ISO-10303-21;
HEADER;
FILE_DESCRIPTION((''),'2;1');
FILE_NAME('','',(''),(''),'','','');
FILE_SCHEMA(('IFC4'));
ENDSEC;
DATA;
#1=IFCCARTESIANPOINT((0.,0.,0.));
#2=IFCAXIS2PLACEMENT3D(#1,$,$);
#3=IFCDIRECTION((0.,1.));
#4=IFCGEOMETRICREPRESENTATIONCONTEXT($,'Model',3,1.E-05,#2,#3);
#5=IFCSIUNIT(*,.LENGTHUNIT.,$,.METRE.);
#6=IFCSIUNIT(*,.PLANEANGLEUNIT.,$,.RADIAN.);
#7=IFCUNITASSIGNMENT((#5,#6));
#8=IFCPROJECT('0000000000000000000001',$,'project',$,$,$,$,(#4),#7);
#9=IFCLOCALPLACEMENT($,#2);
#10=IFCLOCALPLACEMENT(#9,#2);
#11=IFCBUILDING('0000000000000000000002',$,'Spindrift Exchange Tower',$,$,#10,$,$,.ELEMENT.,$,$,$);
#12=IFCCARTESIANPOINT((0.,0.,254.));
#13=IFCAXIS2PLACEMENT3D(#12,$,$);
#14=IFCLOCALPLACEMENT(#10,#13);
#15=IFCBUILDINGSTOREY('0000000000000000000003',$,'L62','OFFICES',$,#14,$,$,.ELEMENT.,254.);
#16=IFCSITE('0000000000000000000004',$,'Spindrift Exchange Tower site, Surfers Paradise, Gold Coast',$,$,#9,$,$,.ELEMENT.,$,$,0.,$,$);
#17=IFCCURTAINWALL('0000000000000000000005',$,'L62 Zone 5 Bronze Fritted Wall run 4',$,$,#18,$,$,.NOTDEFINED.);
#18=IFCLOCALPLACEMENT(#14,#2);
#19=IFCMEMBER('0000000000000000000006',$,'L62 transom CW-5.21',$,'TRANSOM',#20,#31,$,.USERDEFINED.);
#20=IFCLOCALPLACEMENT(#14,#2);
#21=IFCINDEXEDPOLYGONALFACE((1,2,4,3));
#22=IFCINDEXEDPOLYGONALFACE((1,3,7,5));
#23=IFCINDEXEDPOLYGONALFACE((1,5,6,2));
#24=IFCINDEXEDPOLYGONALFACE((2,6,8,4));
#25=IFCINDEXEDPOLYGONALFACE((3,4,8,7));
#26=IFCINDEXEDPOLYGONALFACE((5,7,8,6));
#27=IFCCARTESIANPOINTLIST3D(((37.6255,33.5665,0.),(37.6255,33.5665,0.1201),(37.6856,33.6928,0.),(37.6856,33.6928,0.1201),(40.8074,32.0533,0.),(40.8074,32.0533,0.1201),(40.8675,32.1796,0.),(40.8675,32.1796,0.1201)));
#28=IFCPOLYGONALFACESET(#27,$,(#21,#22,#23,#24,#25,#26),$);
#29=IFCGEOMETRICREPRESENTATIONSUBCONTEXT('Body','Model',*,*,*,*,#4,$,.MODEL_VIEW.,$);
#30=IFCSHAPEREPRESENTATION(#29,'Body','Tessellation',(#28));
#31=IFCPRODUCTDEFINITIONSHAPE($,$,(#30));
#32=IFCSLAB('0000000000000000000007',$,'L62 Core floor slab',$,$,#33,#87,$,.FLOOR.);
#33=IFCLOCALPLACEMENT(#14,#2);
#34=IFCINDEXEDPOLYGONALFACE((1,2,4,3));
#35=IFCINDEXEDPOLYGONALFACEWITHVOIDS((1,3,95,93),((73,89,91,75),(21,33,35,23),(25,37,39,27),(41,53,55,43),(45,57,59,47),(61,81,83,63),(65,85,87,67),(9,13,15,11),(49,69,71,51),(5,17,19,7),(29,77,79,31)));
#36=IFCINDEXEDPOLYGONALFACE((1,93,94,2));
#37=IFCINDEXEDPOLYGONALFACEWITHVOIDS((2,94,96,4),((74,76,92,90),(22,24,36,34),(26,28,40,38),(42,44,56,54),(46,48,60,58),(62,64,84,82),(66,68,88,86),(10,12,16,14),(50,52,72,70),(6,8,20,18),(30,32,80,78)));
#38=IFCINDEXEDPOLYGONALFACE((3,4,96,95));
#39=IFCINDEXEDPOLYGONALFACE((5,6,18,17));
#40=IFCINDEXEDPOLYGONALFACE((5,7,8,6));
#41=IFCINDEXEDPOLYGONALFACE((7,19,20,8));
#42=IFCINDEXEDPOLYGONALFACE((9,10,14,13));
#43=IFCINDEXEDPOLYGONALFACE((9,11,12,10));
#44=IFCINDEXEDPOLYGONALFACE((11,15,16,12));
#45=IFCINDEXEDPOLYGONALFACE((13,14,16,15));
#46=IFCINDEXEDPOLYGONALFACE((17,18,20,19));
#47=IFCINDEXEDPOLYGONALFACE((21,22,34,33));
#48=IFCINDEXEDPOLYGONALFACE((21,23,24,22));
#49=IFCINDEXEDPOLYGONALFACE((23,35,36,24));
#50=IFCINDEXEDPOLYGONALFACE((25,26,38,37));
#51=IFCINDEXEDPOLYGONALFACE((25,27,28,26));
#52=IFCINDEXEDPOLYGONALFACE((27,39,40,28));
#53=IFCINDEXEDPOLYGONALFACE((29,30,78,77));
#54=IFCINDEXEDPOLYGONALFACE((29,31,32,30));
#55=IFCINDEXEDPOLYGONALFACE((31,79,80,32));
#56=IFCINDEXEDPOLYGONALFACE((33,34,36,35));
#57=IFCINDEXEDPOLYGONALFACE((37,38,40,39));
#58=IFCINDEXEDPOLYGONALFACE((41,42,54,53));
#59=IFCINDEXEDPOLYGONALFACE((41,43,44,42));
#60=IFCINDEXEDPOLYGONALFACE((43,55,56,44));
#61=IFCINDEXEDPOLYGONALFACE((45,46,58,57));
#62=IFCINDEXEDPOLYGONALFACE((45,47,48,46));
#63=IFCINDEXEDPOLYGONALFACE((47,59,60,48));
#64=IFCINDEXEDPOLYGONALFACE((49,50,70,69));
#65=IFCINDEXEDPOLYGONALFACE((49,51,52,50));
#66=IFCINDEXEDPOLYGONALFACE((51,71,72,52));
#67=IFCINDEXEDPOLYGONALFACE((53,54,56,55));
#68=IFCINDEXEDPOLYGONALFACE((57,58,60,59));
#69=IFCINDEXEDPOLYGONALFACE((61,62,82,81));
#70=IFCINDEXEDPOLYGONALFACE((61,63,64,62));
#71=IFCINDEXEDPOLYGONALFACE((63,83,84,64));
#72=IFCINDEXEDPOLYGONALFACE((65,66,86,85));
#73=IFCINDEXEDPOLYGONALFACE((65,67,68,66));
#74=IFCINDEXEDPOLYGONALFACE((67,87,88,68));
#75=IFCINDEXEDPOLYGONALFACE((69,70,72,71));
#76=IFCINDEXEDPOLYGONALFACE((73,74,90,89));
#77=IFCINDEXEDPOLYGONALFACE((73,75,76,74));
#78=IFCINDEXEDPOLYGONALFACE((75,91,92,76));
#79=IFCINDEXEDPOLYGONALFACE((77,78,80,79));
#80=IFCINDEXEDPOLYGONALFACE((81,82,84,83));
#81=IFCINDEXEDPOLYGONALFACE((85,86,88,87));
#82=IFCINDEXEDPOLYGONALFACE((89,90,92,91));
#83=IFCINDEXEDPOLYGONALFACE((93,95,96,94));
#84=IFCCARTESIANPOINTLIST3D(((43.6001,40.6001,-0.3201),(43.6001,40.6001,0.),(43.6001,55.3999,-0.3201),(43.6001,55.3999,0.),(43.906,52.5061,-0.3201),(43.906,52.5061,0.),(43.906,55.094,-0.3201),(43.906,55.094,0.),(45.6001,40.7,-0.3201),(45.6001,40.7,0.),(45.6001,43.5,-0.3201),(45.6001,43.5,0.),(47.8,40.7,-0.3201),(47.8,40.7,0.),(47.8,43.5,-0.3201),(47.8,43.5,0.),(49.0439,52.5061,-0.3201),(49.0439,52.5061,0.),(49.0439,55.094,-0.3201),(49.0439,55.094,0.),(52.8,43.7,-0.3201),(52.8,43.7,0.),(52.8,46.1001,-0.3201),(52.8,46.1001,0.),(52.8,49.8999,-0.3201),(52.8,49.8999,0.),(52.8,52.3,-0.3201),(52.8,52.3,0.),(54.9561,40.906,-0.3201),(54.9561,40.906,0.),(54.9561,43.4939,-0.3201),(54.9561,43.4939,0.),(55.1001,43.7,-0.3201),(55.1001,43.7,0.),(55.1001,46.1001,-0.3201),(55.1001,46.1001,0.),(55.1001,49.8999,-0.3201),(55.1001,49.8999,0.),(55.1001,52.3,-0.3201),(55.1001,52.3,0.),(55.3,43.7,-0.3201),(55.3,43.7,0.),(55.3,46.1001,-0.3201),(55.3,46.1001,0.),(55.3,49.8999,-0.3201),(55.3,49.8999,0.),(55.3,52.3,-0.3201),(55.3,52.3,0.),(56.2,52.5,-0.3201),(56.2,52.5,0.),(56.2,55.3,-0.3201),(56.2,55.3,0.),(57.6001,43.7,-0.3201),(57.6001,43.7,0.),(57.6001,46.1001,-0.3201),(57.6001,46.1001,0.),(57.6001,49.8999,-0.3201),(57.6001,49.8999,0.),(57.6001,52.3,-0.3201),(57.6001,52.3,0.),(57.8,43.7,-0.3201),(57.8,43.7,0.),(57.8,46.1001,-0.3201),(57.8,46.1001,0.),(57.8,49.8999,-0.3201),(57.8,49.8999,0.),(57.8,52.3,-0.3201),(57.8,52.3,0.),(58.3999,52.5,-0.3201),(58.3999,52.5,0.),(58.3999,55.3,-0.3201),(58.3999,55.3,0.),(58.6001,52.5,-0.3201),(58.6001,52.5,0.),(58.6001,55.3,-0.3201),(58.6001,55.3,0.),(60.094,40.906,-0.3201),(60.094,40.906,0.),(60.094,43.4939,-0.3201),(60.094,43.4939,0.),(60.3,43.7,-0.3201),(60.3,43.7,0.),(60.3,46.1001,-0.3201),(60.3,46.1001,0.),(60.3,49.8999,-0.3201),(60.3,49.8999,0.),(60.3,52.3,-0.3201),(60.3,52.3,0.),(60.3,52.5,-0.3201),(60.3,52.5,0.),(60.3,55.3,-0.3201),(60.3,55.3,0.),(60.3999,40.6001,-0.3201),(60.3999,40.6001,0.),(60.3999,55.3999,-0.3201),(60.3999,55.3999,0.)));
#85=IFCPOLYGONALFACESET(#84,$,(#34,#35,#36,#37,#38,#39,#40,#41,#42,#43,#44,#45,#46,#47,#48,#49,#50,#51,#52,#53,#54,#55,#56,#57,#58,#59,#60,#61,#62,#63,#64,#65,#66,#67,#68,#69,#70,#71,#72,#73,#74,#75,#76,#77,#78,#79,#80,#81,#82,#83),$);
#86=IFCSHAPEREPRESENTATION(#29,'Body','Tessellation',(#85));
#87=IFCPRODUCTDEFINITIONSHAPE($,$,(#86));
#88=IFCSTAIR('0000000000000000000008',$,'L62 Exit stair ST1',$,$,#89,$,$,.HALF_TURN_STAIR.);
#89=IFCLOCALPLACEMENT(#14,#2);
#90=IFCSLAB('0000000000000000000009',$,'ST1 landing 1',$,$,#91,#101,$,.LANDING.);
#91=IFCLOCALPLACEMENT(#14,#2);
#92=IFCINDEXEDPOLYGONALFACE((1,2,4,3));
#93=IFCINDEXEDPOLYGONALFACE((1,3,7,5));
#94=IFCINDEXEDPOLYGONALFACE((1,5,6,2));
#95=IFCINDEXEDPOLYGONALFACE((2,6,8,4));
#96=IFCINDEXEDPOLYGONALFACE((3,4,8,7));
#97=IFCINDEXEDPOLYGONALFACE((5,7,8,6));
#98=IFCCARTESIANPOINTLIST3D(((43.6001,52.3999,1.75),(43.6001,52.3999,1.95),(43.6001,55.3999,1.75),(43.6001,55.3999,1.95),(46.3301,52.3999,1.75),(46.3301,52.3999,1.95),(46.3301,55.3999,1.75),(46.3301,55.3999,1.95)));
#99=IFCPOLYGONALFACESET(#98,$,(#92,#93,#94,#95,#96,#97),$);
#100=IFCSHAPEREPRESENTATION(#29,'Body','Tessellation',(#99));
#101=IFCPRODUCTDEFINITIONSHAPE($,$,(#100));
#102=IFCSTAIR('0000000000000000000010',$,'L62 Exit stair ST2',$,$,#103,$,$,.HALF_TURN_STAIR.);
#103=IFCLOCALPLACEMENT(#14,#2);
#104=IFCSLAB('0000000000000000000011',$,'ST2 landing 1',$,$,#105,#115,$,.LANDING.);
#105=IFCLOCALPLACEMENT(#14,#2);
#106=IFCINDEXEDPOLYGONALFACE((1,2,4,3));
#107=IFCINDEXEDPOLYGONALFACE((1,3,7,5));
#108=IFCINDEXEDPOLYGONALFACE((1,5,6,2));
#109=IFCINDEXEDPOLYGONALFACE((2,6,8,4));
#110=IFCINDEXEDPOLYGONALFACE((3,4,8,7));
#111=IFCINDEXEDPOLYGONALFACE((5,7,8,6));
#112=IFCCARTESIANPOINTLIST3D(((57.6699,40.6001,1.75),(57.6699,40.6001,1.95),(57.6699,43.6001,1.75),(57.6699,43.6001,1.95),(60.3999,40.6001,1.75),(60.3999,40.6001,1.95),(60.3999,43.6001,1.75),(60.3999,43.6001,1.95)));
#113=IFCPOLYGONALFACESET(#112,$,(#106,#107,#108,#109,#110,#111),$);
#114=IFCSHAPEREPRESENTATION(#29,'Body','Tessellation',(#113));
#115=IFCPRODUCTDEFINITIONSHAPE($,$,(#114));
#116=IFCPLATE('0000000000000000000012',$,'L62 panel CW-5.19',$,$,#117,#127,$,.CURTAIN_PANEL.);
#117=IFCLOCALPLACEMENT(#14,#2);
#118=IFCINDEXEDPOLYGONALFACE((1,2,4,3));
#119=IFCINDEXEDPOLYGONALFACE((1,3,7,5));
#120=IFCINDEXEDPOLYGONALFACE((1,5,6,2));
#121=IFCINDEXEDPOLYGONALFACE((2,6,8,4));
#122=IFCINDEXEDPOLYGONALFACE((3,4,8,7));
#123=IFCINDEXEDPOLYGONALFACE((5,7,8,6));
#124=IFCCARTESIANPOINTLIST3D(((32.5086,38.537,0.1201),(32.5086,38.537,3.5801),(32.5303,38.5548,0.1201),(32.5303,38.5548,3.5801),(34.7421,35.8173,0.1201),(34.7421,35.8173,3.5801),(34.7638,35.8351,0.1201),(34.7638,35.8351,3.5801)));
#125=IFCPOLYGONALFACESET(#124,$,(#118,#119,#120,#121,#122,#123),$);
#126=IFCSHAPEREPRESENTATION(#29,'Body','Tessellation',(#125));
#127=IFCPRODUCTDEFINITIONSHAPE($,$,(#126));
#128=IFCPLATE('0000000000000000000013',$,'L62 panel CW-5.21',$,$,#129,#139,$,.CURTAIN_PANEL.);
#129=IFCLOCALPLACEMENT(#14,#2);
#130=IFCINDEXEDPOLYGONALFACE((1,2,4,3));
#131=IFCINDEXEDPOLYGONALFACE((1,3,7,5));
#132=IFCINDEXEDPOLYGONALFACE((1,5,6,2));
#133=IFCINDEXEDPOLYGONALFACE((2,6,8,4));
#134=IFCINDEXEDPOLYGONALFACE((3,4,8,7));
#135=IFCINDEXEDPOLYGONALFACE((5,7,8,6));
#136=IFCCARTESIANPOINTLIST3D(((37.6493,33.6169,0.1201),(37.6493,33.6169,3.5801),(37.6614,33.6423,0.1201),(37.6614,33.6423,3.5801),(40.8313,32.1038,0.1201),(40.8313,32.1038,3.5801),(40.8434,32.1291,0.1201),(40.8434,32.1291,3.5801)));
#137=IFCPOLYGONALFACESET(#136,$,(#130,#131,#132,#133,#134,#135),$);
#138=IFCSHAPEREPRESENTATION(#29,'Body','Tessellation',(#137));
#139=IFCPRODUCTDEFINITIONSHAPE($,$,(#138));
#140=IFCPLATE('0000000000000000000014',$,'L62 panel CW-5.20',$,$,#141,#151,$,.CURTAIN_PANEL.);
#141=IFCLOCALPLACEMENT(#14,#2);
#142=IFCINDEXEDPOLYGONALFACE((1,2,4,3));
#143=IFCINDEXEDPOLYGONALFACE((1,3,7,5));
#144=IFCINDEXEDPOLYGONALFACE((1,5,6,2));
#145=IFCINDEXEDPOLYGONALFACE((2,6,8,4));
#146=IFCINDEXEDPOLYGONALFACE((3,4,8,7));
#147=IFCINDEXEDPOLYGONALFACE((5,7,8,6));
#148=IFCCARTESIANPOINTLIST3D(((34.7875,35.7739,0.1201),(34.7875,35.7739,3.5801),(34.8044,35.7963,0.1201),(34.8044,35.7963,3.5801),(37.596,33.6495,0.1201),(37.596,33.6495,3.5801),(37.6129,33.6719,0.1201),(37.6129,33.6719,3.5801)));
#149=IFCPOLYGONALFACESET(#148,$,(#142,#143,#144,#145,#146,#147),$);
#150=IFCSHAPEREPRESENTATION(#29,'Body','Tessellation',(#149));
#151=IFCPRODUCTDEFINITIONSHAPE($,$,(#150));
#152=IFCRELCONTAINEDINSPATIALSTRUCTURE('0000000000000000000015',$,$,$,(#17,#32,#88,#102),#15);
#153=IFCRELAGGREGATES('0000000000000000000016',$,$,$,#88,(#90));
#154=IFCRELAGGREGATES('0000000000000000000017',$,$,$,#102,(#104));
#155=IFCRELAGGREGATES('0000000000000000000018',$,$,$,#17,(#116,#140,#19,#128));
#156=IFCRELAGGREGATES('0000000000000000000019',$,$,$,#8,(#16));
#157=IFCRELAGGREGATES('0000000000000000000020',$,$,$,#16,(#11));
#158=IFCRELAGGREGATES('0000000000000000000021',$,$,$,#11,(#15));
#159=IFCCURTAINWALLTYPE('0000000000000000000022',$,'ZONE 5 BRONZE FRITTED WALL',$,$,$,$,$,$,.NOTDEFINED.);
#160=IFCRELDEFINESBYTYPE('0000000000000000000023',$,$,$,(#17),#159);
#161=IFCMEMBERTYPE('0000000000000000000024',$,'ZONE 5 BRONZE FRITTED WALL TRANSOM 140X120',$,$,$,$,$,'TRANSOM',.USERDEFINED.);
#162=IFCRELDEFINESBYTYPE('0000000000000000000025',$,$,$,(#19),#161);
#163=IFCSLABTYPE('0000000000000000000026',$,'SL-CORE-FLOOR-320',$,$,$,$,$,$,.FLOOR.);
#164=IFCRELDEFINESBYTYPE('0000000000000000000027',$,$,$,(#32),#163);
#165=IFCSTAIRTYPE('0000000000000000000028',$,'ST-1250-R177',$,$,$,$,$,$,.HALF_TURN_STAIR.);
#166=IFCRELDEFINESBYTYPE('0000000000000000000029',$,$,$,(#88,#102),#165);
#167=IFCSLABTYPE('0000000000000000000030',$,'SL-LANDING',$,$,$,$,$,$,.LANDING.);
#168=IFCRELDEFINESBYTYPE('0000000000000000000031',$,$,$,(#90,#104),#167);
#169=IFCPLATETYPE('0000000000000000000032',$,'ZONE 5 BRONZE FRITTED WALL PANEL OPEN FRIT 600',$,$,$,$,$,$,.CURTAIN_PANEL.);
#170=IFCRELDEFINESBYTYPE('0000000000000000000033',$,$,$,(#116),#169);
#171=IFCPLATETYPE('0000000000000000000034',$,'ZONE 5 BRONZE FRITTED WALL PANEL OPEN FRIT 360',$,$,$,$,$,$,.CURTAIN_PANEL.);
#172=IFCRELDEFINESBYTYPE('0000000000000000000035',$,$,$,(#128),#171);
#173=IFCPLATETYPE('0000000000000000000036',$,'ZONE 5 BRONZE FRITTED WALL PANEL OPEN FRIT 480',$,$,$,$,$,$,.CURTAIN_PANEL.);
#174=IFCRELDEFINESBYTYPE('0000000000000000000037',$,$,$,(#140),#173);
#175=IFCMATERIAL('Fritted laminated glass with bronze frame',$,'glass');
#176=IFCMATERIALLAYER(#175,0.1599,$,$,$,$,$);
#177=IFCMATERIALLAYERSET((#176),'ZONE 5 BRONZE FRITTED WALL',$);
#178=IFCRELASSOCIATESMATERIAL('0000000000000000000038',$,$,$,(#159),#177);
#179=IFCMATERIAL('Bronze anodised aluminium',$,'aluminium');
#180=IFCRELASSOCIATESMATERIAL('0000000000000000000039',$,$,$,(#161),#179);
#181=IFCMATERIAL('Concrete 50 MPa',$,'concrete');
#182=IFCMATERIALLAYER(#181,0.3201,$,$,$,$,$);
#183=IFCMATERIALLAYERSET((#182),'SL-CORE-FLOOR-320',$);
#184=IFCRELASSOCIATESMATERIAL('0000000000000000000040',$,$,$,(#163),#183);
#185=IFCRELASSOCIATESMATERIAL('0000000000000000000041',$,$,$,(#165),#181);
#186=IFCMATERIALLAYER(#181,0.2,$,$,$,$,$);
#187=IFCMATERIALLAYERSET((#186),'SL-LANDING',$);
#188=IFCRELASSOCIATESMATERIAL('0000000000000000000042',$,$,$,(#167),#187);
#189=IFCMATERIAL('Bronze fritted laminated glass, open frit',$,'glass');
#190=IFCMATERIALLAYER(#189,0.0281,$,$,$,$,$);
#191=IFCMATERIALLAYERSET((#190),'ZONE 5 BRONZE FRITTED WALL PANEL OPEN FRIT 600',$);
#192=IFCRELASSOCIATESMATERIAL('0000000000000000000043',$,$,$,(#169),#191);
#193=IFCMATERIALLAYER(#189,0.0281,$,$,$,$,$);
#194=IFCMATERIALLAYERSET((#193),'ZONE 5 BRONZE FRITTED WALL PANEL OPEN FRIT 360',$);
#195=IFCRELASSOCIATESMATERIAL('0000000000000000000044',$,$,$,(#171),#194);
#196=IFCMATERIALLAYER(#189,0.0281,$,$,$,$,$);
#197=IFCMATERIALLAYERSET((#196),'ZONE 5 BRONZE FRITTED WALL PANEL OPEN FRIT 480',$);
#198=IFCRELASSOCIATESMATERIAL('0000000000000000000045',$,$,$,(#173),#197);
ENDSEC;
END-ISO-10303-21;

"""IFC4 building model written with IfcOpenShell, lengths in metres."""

from ifc_helpers import new_model, si_unit, direction, frame, origin, origin_2d, place, context, subcontext, project, spatial, line, indexed_curve, rectangle, outline, extrude, source, transform, mapped, material, layer, layer_set, material_profile, profile_set, type_object, element, aggregate, save


model = new_model("IFC4")

# Units and contexts
model_context = context("Model", 3, precision=1e-05, world=origin(), true_north=direction((0.0, 1.0)))
body_context = subcontext(model_context, "Body", "Model", "MODEL_VIEW")
ifc_project = project(units=[si_unit("LENGTHUNIT", "METRE"), si_unit("PLANEANGLEUNIT", "RADIAN")], contexts=[model_context])

# Site, building, storey
site_placement = place(None, origin())
site = spatial("IfcSite", under=ifc_project, at=site_placement, Name="Spindrift Exchange Tower site, Surfers Paradise, Gold Coast", CompositionType="ELEMENT", RefElevation=0.0)
building_placement = place(site_placement, origin())
building = spatial("IfcBuilding", under=site, at=building_placement, Name="Spindrift Exchange Tower", CompositionType="ELEMENT")
storey_placement = place(building_placement, frame((0.0, 0.0, 254.0)))
storey = spatial("IfcBuildingStorey", under=building, at=storey_placement, Name="L62", Description="OFFICES", CompositionType="ELEMENT", Elevation=254.0)

# Curtain wall, member
ifc_material_1 = material(Name="Fritted laminated glass with bronze frame", Category="glass")
ifc_layer_1 = layer(ifc_material_1, 0.1599)
ifc_layer_set_1 = layer_set([ifc_layer_1], Name="ZONE 5 BRONZE FRITTED WALL")
curtain_wall_type = type_object("IfcCurtainWallType", Name="ZONE 5 BRONZE FRITTED WALL", PredefinedType="NOTDEFINED", material=ifc_layer_set_1)
curtain_wall_placement = place(storey_placement, origin())
curtain_wall = element("IfcCurtainWall", 1, at=curtain_wall_placement, inside=storey, type_object=curtain_wall_type, Name="L62 Zone 5 Bronze Fritted Wall run 4", PredefinedType="NOTDEFINED")
ifc_material_2 = material(Name="Bronze anodised aluminium", Category="aluminium")
ifc_material_profile_1 = material_profile(ifc_material_2, rectangle(XDim=0.1399, YDim=0.1201, at=origin_2d()), Name="ZONE 5 BRONZE FRITTED WALL TRANSOM 140X120")
ifc_profile_set_1 = profile_set([ifc_material_profile_1], Name="Bronze anodised aluminium")
member_type_1 = type_object("IfcMemberType", Name="ZONE 5 BRONZE FRITTED WALL TRANSOM 140X120", ElementType="TRANSOM", PredefinedType="USERDEFINED", material=ifc_profile_set_1)
shared_shape_1 = source(origin(), body_context, "Body", "SweptSolid", [
    extrude(rectangle(XDim=0.1399, YDim=0.1201, at=origin_2d()), origin(), (0.0, 0.0, 1.0), 3.5234),
])
member_1_placement = place(storey_placement, frame((37.6555, 33.6296, 0.0601), z_axis=(0.903081, -0.429471, 0.0), x_axis=(0.429471, 0.903081, 0.0)))
member_1 = element("IfcMember", 2, at=member_1_placement, type_object=member_type_1, Name="L62 transom CW-5.21", ObjectType="TRANSOM", PredefinedType="USERDEFINED", context=body_context, shape_type="MappedRepresentation", body=[
    mapped(shared_shape_1, transform((0.0, 0.0, 0.0), scale=1.0)),
])

# Slab
ifc_material_3 = material(Name="Concrete 50 MPa", Category="concrete")
ifc_layer_2 = layer(ifc_material_3, 0.3201)
ifc_layer_set_2 = layer_set([ifc_layer_2], Name="SL-CORE-FLOOR-320")
slab_type_1 = type_object("IfcSlabType", Name="SL-CORE-FLOOR-320", PredefinedType="FLOOR", material=ifc_layer_set_2)
slab_1_placement = place(storey_placement, frame((0.0, 0.0, -0.3201)))
element("IfcSlab", 3, at=slab_1_placement, inside=storey, type_object=slab_type_1, Name="L62 Core floor slab", PredefinedType="FLOOR", context=body_context, shape_type="SweptSolid", body=[
    extrude(outline(indexed_curve([(43.6001, 40.6001), (43.6001, 55.3999), (60.3999, 55.3999), (60.3999, 40.6001)], segments=[line(1, 2, 3, 4, 1)], self_intersect=False), holes=[indexed_curve([(45.6001, 43.5), (45.6001, 40.7), (47.8, 40.7), (47.8, 43.5)], segments=[line(1, 2, 3, 4, 1)], self_intersect=False), indexed_curve([(52.8, 46.1001), (52.8, 43.7), (55.1001, 43.7), (55.1001, 46.1001)], segments=[line(1, 2, 3, 4, 1)], self_intersect=False), indexed_curve([(55.3, 46.1001), (55.3, 43.7), (57.6001, 43.7), (57.6001, 46.1001)], segments=[line(1, 2, 3, 4, 1)], self_intersect=False), indexed_curve([(55.1001, 52.3), (52.8, 52.3), (52.8, 49.8999), (55.1001, 49.8999)], segments=[line(1, 2, 3, 4, 1)], self_intersect=False), indexed_curve([(57.6001, 52.3), (55.3, 52.3), (55.3, 49.8999), (57.6001, 49.8999)], segments=[line(1, 2, 3, 4, 1)], self_intersect=False), indexed_curve([(43.906, 52.5061), (49.0439, 52.5061), (49.0439, 55.094), (43.906, 55.094)], segments=[line(1, 2, 3, 4, 1)], self_intersect=False), indexed_curve([(60.094, 40.906), (60.094, 43.4939), (54.9561, 43.4939), (54.9561, 40.906)], segments=[line(1, 2, 3, 4, 1)], self_intersect=False), indexed_curve([(60.3, 46.1001), (57.8, 46.1001), (57.8, 43.7), (60.3, 43.7)], segments=[line(1, 2, 3, 4, 1)], self_intersect=False), indexed_curve([(57.8, 52.3), (57.8, 49.8999), (60.3, 49.8999), (60.3, 52.3)], segments=[line(1, 2, 3, 4, 1)], self_intersect=False), indexed_curve([(58.3999, 55.3), (56.2, 55.3), (56.2, 52.5), (58.3999, 52.5)], segments=[line(1, 2, 3, 4, 1)], self_intersect=False), indexed_curve([(60.3, 55.3), (58.6001, 55.3), (58.6001, 52.5), (60.3, 52.5)], segments=[line(1, 2, 3, 4, 1)], self_intersect=False)]), origin(), (0.0, 0.0, 1.0), 0.3201),
])

# Stairs, slabs
stair_type = type_object("IfcStairType", Name="ST-1250-R177", PredefinedType="HALF_TURN_STAIR", material=ifc_material_3)
stair_1_placement = place(storey_placement, origin())
stair_1 = element("IfcStair", 4, at=stair_1_placement, inside=storey, type_object=stair_type, Name="L62 Exit stair ST1", PredefinedType="HALF_TURN_STAIR")
ifc_layer_3 = layer(ifc_material_3, 0.2)
ifc_layer_set_3 = layer_set([ifc_layer_3], Name="SL-LANDING")
slab_type_2 = type_object("IfcSlabType", Name="SL-LANDING", PredefinedType="LANDING", material=ifc_layer_set_3)
slab_2_placement = place(storey_placement, frame((0.0, 0.0, 1.75)))
slab_2 = element("IfcSlab", 5, at=slab_2_placement, type_object=slab_type_2, Name="ST1 landing 1", PredefinedType="LANDING", context=body_context, shape_type="SweptSolid", body=[
    extrude(outline(indexed_curve([(46.3301, 52.3999), (43.6001, 52.3999), (43.6001, 55.3999), (46.3301, 55.3999)], segments=[line(1, 2, 3, 4, 1)], self_intersect=False)), origin(), (0.0, 0.0, 1.0), 0.2),
])
aggregate(stair_1, [slab_2])
stair_2_placement = place(storey_placement, origin())
stair_2 = element("IfcStair", 6, at=stair_2_placement, inside=storey, type_object=stair_type, Name="L62 Exit stair ST2", PredefinedType="HALF_TURN_STAIR")
slab_3_placement = place(storey_placement, frame((0.0, 0.0, 1.75)))
slab_3 = element("IfcSlab", 7, at=slab_3_placement, type_object=slab_type_2, Name="ST2 landing 1", PredefinedType="LANDING", context=body_context, shape_type="SweptSolid", body=[
    extrude(outline(indexed_curve([(57.6699, 43.6001), (60.3999, 43.6001), (60.3999, 40.6001), (57.6699, 40.6001)], segments=[line(1, 2, 3, 4, 1)], self_intersect=False)), origin(), (0.0, 0.0, 1.0), 0.2),
])
aggregate(stair_2, [slab_3])

# Plates
ifc_material_4 = material(Name="Bronze fritted laminated glass, open frit", Category="glass")
ifc_layer_4 = layer(ifc_material_4, 0.0281)
ifc_layer_set_4 = layer_set([ifc_layer_4], Name="ZONE 5 BRONZE FRITTED WALL PANEL OPEN FRIT 600")
plate_type_1 = type_object("IfcPlateType", Name="ZONE 5 BRONZE FRITTED WALL PANEL OPEN FRIT 600", PredefinedType="CURTAIN_PANEL", material=ifc_layer_set_4)
shared_shape_2 = source(origin(), body_context, "Body", "SweptSolid", [
    extrude(rectangle(XDim=3.5193, YDim=0.0281, at=origin_2d()), origin(), (0.0, 0.0, 1.0), 3.46),
])
plate_1_placement = place(storey_placement, frame((33.6362, 37.186, 0.1201), z_axis=(0.0, 0.0, 1.0), x_axis=(0.634647, -0.772802, 0.0)))
plate_1 = element("IfcPlate", 8, at=plate_1_placement, type_object=plate_type_1, Name="L62 panel CW-5.19", PredefinedType="CURTAIN_PANEL", context=body_context, shape_type="MappedRepresentation", body=[
    mapped(shared_shape_2, transform((0.0, 0.0, 0.0), scale=1.0)),
])
ifc_layer_5 = layer(ifc_material_4, 0.0281)
ifc_layer_set_5 = layer_set([ifc_layer_5], Name="ZONE 5 BRONZE FRITTED WALL PANEL OPEN FRIT 360")
plate_type_2 = type_object("IfcPlateType", Name="ZONE 5 BRONZE FRITTED WALL PANEL OPEN FRIT 360", PredefinedType="CURTAIN_PANEL", material=ifc_layer_set_5)
shared_shape_3 = source(origin(), body_context, "Body", "SweptSolid", [
    extrude(rectangle(XDim=3.5234, YDim=0.0281, at=origin_2d()), origin(), (0.0, 0.0, 1.0), 3.46),
])
plate_2_placement = place(storey_placement, frame((39.2463, 32.873, 0.1201), z_axis=(0.0, 0.0, 1.0), x_axis=(0.903088, -0.429455, 0.0)))
plate_2 = element("IfcPlate", 9, at=plate_2_placement, type_object=plate_type_2, Name="L62 panel CW-5.21", PredefinedType="CURTAIN_PANEL", context=body_context, shape_type="MappedRepresentation", body=[
    mapped(shared_shape_3, transform((0.0, 0.0, 0.0), scale=1.0)),
])
ifc_layer_6 = layer(ifc_material_4, 0.0281)
ifc_layer_set_6 = layer_set([ifc_layer_6], Name="ZONE 5 BRONZE FRITTED WALL PANEL OPEN FRIT 480")
plate_type_3 = type_object("IfcPlateType", Name="ZONE 5 BRONZE FRITTED WALL PANEL OPEN FRIT 480", PredefinedType="CURTAIN_PANEL", material=ifc_layer_set_6)
shared_shape_4 = source(origin(), body_context, "Body", "SweptSolid", [
    extrude(rectangle(XDim=3.5215, YDim=0.0281, at=origin_2d()), origin(), (0.0, 0.0, 1.0), 3.46),
])
plate_3_placement = place(storey_placement, frame((36.2002, 34.7229, 0.1201), z_axis=(0.0, 0.0, 1.0), x_axis=(0.797541, -0.603265, 0.0)))
plate_3 = element("IfcPlate", 10, at=plate_3_placement, type_object=plate_type_3, Name="L62 panel CW-5.20", PredefinedType="CURTAIN_PANEL", context=body_context, shape_type="MappedRepresentation", body=[
    mapped(shared_shape_4, transform((0.0, 0.0, 0.0), scale=1.0)),
])
aggregate(curtain_wall, [plate_1, plate_3, member_1, plate_2])

save(model, "model.ifc")
